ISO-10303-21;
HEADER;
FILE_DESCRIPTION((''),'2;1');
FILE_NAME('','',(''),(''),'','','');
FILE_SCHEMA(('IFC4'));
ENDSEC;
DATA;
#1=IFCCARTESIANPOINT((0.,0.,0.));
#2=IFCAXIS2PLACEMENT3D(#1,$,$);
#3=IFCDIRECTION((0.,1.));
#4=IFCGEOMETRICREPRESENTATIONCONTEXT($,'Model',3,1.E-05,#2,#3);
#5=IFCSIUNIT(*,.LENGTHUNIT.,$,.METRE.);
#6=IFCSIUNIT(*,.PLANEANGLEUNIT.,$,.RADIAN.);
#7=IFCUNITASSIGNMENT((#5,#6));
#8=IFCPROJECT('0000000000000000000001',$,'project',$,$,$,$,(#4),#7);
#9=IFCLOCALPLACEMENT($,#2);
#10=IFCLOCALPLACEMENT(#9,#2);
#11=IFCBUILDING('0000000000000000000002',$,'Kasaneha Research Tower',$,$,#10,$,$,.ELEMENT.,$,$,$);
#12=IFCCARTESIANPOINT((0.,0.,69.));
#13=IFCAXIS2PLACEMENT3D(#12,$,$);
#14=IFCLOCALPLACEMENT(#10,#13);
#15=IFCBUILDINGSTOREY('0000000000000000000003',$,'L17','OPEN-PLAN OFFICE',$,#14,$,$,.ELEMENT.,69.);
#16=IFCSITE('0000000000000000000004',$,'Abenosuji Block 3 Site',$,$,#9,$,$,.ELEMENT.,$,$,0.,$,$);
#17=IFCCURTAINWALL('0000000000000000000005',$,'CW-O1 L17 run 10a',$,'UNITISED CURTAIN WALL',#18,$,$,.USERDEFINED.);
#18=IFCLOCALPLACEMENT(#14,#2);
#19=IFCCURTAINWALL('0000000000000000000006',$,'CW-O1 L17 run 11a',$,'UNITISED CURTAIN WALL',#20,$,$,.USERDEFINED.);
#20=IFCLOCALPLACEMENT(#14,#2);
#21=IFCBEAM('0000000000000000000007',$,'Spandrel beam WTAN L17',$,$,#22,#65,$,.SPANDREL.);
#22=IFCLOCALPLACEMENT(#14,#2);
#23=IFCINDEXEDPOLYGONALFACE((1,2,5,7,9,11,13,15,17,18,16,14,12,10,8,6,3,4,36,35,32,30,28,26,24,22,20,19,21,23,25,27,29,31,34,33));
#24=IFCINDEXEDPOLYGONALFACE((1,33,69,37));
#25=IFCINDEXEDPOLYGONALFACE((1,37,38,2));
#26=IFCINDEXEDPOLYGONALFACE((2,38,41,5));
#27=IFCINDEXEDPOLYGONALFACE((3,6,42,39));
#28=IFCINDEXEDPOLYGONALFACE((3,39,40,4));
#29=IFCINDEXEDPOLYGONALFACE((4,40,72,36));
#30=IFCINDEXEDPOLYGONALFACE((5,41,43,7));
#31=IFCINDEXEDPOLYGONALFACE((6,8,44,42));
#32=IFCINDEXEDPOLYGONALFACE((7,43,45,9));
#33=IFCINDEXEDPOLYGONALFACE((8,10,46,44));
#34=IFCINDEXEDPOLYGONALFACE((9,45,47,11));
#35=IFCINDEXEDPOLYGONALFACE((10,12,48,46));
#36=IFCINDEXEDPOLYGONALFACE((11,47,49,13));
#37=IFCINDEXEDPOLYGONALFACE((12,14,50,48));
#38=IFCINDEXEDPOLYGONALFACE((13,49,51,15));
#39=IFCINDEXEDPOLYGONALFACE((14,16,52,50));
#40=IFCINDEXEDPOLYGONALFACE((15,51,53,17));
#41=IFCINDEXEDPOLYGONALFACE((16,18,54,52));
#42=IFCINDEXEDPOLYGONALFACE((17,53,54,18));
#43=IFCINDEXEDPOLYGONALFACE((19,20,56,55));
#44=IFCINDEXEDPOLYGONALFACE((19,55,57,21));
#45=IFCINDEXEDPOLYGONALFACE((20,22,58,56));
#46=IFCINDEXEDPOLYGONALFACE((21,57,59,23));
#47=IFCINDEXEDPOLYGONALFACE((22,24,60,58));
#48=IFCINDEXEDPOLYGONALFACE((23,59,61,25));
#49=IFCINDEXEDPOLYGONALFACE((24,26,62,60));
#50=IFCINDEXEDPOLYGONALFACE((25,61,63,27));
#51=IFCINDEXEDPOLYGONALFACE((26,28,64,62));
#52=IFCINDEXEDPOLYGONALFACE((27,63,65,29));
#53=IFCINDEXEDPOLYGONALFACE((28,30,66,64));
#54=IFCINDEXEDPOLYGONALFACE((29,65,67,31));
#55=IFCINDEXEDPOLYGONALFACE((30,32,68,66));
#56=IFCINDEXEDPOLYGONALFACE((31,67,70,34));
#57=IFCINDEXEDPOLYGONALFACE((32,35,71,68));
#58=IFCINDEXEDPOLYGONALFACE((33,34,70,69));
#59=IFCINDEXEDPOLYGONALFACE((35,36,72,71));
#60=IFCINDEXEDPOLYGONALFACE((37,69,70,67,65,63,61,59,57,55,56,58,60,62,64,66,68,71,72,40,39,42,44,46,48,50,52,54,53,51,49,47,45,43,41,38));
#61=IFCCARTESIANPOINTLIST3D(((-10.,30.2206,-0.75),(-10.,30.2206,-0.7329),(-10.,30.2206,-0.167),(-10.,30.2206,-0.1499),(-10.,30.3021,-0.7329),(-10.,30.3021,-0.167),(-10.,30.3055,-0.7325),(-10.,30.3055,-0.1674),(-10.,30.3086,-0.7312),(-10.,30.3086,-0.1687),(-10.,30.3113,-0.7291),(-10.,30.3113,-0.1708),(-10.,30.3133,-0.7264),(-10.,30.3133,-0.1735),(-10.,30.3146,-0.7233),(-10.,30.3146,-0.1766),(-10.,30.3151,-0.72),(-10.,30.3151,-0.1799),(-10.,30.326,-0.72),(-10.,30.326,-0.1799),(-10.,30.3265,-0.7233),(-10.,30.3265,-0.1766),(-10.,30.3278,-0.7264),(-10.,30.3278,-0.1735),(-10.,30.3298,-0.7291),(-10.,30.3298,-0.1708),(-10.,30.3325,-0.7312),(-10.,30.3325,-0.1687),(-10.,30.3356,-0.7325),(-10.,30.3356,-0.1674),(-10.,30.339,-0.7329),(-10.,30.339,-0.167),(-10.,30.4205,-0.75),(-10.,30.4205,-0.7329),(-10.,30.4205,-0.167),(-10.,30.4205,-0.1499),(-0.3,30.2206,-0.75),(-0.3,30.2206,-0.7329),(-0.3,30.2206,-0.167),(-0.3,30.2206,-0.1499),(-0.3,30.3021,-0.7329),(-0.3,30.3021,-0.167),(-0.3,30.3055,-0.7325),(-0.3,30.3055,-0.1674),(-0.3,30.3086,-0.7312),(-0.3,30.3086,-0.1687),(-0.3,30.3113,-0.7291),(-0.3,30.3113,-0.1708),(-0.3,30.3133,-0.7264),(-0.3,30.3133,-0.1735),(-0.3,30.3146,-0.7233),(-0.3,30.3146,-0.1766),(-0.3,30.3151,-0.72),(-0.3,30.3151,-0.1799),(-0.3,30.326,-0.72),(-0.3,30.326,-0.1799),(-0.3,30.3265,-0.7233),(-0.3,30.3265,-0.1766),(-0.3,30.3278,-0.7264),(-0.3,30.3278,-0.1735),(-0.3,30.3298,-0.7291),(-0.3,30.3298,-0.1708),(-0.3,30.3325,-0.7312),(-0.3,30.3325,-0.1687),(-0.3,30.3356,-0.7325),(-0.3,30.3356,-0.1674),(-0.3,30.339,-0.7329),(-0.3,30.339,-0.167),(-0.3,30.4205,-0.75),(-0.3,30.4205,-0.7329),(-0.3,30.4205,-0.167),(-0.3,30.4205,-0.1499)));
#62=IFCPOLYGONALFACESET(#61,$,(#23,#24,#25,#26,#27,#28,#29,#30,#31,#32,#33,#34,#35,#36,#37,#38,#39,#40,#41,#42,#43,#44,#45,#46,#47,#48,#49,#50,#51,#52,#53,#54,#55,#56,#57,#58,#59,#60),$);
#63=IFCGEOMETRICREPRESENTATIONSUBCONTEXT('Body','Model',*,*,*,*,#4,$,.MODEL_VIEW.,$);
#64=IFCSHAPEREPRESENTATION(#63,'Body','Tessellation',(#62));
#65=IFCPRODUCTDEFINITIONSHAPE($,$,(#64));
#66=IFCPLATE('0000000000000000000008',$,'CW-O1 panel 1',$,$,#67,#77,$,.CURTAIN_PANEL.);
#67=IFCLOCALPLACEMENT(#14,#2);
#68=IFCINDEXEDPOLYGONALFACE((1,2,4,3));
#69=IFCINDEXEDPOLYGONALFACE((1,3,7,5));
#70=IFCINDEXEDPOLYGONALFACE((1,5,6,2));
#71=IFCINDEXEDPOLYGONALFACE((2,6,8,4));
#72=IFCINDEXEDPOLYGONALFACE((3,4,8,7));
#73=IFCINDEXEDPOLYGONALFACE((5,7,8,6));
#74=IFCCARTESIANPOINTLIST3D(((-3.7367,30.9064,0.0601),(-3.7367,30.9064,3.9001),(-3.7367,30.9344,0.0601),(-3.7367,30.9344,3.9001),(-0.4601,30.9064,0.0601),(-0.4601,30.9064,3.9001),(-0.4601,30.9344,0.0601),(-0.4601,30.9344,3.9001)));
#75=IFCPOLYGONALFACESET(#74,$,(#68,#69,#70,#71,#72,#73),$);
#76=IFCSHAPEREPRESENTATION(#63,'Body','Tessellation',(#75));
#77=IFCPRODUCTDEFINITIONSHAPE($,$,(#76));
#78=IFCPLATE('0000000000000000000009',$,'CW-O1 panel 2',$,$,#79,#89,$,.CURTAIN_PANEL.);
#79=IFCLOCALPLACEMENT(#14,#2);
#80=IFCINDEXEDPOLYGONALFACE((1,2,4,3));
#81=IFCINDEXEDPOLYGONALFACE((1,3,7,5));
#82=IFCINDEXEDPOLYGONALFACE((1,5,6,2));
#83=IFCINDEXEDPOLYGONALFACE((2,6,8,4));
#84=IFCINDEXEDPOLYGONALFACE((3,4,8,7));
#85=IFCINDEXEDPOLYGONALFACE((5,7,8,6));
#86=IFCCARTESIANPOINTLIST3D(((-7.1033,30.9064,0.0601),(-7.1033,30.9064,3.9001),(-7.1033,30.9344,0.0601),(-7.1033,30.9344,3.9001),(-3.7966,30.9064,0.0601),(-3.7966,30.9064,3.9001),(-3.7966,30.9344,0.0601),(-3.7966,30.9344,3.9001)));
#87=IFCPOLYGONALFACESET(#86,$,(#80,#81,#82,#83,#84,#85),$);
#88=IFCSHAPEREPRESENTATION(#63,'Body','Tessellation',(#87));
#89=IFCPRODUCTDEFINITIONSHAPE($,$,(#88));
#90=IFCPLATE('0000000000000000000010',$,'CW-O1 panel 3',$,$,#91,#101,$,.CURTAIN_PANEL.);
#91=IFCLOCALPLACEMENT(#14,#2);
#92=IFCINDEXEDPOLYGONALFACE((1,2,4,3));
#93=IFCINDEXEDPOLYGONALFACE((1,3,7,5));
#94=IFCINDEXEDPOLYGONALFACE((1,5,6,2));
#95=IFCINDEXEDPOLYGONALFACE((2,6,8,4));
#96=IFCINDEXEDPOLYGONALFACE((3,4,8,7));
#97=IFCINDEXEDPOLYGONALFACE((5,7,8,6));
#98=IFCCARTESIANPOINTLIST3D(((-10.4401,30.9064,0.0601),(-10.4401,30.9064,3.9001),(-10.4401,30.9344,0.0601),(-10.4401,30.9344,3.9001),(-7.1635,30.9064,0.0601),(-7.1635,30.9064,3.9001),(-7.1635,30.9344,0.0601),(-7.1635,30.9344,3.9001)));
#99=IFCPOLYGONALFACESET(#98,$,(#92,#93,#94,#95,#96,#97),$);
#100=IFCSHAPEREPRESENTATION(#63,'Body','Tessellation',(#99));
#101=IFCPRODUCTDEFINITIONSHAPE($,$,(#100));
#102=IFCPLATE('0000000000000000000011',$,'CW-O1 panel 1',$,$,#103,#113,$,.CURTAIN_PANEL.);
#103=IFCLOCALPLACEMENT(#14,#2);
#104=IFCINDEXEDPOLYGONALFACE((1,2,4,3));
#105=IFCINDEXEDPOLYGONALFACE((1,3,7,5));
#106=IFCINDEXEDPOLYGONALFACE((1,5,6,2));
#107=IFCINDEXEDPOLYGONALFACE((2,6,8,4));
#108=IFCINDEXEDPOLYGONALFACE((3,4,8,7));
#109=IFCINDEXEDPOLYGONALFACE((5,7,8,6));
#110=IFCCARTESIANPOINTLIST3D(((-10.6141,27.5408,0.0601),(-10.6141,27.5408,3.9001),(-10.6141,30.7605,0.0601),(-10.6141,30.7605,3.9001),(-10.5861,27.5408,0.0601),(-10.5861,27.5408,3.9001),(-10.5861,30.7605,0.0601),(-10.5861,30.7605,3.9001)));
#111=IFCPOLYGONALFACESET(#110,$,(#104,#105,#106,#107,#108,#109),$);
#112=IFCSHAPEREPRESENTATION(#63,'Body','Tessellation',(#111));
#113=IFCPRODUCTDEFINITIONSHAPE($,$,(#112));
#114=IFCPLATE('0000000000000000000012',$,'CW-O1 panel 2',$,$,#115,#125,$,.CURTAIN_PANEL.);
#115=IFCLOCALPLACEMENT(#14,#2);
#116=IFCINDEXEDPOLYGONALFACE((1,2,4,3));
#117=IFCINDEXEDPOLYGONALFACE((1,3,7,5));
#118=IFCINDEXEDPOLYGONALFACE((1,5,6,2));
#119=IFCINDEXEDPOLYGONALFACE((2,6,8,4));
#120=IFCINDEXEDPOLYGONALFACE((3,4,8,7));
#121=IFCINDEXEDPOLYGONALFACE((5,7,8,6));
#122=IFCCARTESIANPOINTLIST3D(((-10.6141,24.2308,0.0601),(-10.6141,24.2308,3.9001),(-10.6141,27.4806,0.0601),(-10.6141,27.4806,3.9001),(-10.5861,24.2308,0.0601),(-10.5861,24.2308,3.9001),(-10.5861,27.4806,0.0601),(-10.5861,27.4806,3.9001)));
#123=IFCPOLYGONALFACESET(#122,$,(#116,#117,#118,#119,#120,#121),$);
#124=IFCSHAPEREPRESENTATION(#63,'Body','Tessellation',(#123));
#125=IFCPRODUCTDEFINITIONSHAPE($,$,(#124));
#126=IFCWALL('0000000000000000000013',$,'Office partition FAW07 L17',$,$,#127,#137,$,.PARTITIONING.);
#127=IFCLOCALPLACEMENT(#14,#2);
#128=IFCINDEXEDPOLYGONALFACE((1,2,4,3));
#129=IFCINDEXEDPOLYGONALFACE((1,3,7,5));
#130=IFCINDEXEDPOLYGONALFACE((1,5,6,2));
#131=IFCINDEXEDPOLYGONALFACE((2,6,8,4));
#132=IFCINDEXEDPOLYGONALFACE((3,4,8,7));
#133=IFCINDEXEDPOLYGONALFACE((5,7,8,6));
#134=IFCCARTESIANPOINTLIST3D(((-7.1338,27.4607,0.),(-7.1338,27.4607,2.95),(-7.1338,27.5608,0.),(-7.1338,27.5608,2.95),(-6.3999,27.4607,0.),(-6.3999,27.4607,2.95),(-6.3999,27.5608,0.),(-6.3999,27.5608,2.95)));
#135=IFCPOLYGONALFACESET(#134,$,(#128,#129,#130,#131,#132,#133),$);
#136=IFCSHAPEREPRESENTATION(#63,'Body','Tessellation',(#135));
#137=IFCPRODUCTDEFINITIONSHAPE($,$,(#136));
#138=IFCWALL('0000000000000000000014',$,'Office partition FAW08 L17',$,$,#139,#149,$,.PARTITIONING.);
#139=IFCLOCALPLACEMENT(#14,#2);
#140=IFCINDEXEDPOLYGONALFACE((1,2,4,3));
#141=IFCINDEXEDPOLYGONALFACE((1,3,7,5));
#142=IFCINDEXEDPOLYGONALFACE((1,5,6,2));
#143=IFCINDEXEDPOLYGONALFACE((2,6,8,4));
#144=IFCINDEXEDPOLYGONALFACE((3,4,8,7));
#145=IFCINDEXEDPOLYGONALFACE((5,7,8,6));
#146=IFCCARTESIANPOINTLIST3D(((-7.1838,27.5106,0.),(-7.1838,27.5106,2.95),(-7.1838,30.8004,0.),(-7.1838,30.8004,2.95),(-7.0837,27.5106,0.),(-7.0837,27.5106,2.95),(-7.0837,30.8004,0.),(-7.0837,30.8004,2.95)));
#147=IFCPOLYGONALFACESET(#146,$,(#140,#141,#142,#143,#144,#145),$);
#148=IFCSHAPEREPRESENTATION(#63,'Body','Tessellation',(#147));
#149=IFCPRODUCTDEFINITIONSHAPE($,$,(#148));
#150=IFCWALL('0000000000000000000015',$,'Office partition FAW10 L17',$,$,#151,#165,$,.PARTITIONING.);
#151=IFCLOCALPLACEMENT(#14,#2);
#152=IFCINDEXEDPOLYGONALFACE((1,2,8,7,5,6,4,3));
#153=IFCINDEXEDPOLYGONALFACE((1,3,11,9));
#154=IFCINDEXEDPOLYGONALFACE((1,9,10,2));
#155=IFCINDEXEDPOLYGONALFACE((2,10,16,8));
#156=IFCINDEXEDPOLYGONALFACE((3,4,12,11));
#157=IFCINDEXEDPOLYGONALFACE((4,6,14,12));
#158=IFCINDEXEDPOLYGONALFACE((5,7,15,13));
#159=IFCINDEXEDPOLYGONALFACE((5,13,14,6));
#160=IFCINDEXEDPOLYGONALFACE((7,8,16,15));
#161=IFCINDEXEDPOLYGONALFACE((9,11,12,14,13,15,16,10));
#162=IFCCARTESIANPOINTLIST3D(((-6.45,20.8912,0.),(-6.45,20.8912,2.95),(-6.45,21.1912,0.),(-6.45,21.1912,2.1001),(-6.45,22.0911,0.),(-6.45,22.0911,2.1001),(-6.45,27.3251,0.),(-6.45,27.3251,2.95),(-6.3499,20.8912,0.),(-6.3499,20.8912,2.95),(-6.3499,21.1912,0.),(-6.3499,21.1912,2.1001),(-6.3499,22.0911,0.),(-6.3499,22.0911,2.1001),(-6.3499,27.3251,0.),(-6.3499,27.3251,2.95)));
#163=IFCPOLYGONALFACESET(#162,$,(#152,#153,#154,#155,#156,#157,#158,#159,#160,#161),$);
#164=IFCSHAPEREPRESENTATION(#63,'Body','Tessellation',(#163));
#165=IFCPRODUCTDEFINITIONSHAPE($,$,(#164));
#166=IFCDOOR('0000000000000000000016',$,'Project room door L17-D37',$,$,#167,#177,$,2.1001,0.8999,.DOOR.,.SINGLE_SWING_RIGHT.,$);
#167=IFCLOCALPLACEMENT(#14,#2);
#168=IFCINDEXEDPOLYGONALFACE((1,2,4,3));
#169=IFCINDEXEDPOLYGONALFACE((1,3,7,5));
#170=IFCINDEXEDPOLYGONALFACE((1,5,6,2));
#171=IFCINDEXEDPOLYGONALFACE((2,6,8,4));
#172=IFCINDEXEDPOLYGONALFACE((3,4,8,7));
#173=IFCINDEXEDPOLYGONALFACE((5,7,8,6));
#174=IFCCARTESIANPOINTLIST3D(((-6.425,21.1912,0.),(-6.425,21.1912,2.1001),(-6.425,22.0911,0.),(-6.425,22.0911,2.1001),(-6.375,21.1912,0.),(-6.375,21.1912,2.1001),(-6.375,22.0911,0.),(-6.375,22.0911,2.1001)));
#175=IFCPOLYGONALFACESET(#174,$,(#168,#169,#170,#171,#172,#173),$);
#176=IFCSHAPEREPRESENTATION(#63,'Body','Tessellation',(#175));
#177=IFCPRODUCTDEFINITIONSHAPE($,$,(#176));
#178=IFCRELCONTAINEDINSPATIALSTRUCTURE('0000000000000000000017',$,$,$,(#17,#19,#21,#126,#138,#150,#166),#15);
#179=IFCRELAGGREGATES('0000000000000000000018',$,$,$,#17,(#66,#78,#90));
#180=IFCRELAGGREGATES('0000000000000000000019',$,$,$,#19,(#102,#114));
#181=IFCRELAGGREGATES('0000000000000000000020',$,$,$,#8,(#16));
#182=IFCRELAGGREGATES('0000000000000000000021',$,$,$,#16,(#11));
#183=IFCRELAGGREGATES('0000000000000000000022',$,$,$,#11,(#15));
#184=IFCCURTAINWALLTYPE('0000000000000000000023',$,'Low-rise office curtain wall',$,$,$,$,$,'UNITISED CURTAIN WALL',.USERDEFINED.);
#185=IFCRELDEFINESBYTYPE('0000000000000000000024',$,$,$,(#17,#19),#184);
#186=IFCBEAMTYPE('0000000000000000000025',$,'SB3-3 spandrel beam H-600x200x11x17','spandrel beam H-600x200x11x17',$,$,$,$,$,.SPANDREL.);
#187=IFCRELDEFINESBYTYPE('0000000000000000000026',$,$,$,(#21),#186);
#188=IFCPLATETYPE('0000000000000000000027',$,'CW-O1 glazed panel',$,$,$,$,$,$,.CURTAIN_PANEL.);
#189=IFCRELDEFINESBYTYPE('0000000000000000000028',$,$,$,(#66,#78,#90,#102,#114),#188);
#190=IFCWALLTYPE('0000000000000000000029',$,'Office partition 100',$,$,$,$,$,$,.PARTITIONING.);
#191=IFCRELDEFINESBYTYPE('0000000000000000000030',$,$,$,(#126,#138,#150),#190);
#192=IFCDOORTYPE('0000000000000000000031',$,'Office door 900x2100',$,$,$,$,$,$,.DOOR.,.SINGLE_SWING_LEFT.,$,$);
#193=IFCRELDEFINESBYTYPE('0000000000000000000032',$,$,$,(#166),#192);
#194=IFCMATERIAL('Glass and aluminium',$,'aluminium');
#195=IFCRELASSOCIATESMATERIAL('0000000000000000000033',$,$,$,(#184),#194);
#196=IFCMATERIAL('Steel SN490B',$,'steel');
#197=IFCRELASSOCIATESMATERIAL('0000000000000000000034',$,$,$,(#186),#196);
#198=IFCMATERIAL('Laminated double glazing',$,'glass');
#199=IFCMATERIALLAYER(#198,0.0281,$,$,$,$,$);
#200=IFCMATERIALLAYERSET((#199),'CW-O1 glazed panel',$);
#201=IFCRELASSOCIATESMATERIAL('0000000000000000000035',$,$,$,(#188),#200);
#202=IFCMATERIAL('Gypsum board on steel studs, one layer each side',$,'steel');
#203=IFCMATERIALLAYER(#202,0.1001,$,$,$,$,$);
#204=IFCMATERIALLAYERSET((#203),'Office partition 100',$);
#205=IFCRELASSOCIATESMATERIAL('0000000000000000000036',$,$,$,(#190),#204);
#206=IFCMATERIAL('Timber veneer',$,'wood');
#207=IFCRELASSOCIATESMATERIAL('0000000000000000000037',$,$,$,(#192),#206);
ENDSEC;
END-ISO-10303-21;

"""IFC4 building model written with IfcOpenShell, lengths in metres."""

from ifc_helpers import new_model, si_unit, direction, frame, frame_2d, origin, origin_2d, place, context, subcontext, project, spatial, rectangle, i_section, extrude, material, layer, layer_set, material_profile, profile_set, type_object, element, fill, aggregate, save


model = new_model("IFC4")

# Units and contexts
model_context = context("Model", 3, precision=1e-05, world=origin(), true_north=direction((0.0, 1.0)))
body_context = subcontext(model_context, "Body", "Model", "MODEL_VIEW")
ifc_project = project(units=[si_unit("LENGTHUNIT", "METRE"), si_unit("PLANEANGLEUNIT", "RADIAN")], contexts=[model_context])

# Site, building, storey
site_placement = place(None, origin())
site = spatial("IfcSite", under=ifc_project, at=site_placement, Name="Abenosuji Block 3 Site", CompositionType="ELEMENT", RefElevation=0.0)
building_placement = place(site_placement, origin())
building = spatial("IfcBuilding", under=site, at=building_placement, Name="Kasaneha Research Tower", CompositionType="ELEMENT")
storey_placement = place(building_placement, frame((0.0, 0.0, 69.0)))
storey = spatial("IfcBuildingStorey", under=building, at=storey_placement, Name="L17", Description="OPEN-PLAN OFFICE", CompositionType="ELEMENT", Elevation=69.0)

# Curtain walls
ifc_material_1 = material(Name="Glass and aluminium", Category="aluminium")
curtain_wall_type = type_object("IfcCurtainWallType", Name="Low-rise office curtain wall", ElementType="UNITISED CURTAIN WALL", PredefinedType="USERDEFINED", material=ifc_material_1)
curtain_wall_1_placement = place(storey_placement, origin())
curtain_wall_1 = element("IfcCurtainWall", 1, at=curtain_wall_1_placement, inside=storey, type_object=curtain_wall_type, Name="CW-O1 L17 run 10a", ObjectType="UNITISED CURTAIN WALL", PredefinedType="USERDEFINED")
curtain_wall_2_placement = place(storey_placement, origin())
curtain_wall_2 = element("IfcCurtainWall", 2, at=curtain_wall_2_placement, inside=storey, type_object=curtain_wall_type, Name="CW-O1 L17 run 11a", ObjectType="UNITISED CURTAIN WALL", PredefinedType="USERDEFINED")

# Beam
ifc_material_2 = material(Name="Steel SN490B", Category="steel")
ifc_material_profile_1 = material_profile(ifc_material_2, i_section(OverallWidth=0.2, OverallDepth=0.6001, WebThickness=0.011, FlangeThickness=0.0171, FilletRadius=0.0129, at=origin_2d()), Name="H-600x200x11x17")
ifc_profile_set_1 = profile_set([ifc_material_profile_1], Name="Steel SN490B")
beam_type_1 = type_object("IfcBeamType", Name="SB3-3 spandrel beam H-600x200x11x17", Description="spandrel beam H-600x200x11x17", PredefinedType="SPANDREL", material=ifc_profile_set_1)
beam_1_placement = place(storey_placement, frame((-10.0, 30.3206, -0.45), z_axis=(1.0, 0.0, 0.0), x_axis=(0.0, 1.0, 0.0)))
element("IfcBeam", 3, at=beam_1_placement, inside=storey, type_object=beam_type_1, Name="Spandrel beam WTAN L17", PredefinedType="SPANDREL", context=body_context, shape_type="SweptSolid", body=[
    extrude(i_section(OverallWidth=0.2, OverallDepth=0.6001, WebThickness=0.011, FlangeThickness=0.0171, FilletRadius=0.0129, at=origin_2d()), origin(), (0.0, 0.0, 1.0), 9.7),
])

# Plates
ifc_material_3 = material(Name="Laminated double glazing", Category="glass")
ifc_layer_1 = layer(ifc_material_3, 0.0281)
ifc_layer_set_1 = layer_set([ifc_layer_1], Name="CW-O1 glazed panel")
plate_type = type_object("IfcPlateType", Name="CW-O1 glazed panel", PredefinedType="CURTAIN_PANEL", material=ifc_layer_set_1)
plate_1_placement = place(storey_placement, frame((-2.0984, 30.9204, 0.0601), z_axis=(0.0, 0.0, 1.0), x_axis=(-1.0, 0.0, 0.0)))
plate_1 = element("IfcPlate", 4, at=plate_1_placement, type_object=plate_type, Name="CW-O1 panel 1", PredefinedType="CURTAIN_PANEL", context=body_context, shape_type="SweptSolid", body=[
    extrude(rectangle(XDim=3.2766, YDim=0.0281, at=origin_2d()), origin(), (0.0, 0.0, 1.0), 3.8401),
])
plate_2_placement = place(storey_placement, frame((-5.45, 30.9204, 0.0601), z_axis=(0.0, 0.0, 1.0), x_axis=(-1.0, 0.0, 0.0)))
plate_2 = element("IfcPlate", 5, at=plate_2_placement, type_object=plate_type, Name="CW-O1 panel 2", PredefinedType="CURTAIN_PANEL", context=body_context, shape_type="SweptSolid", body=[
    extrude(rectangle(XDim=3.3066, YDim=0.0281, at=origin_2d()), origin(), (0.0, 0.0, 1.0), 3.8401),
])
plate_3_placement = place(storey_placement, frame((-8.8018, 30.9204, 0.0601), z_axis=(0.0, 0.0, 1.0), x_axis=(-1.0, 0.0, 0.0)))
plate_3 = element("IfcPlate", 6, at=plate_3_placement, type_object=plate_type, Name="CW-O1 panel 3", PredefinedType="CURTAIN_PANEL", context=body_context, shape_type="SweptSolid", body=[
    extrude(rectangle(XDim=3.2766, YDim=0.0281, at=origin_2d()), origin(), (0.0, 0.0, 1.0), 3.8401),
])
aggregate(curtain_wall_1, [plate_1, plate_2, plate_3])
plate_4_placement = place(storey_placement, frame((-10.6001, 29.1506, 0.0601), z_axis=(0.0, 0.0, 1.0), x_axis=(0.0, -1.0, 0.0)))
plate_4 = element("IfcPlate", 7, at=plate_4_placement, type_object=plate_type, Name="CW-O1 panel 1", PredefinedType="CURTAIN_PANEL", context=body_context, shape_type="SweptSolid", body=[
    extrude(rectangle(XDim=3.2197, YDim=0.0281, at=origin_2d()), origin(), (0.0, 0.0, 1.0), 3.8401),
])
plate_5_placement = place(storey_placement, frame((-10.6001, 25.8557, 0.0601), z_axis=(0.0, 0.0, 1.0), x_axis=(0.0, -1.0, 0.0)))
plate_5 = element("IfcPlate", 8, at=plate_5_placement, type_object=plate_type, Name="CW-O1 panel 2", PredefinedType="CURTAIN_PANEL", context=body_context, shape_type="SweptSolid", body=[
    extrude(rectangle(XDim=3.2498, YDim=0.0281, at=origin_2d()), origin(), (0.0, 0.0, 1.0), 3.8401),
])
aggregate(curtain_wall_2, [plate_4, plate_5])

# Walls
ifc_material_4 = material(Name="Gypsum board on steel studs, one layer each side", Category="steel")
ifc_layer_2 = layer(ifc_material_4, 0.1001)
ifc_layer_set_2 = layer_set([ifc_layer_2], Name="Office partition 100")
wall_type = type_object("IfcWallType", Name="Office partition 100", PredefinedType="PARTITIONING", material=ifc_layer_set_2)
wall_1_placement = place(storey_placement, frame((-7.1338, 27.5107, 0.0), z_axis=(0.0, 0.0, 1.0), x_axis=(1.0, 0.0, 0.0)))
element("IfcWall", 9, at=wall_1_placement, inside=storey, type_object=wall_type, Name="Office partition FAW07 L17", PredefinedType="PARTITIONING", context=body_context, shape_type="SweptSolid", body=[
    extrude(rectangle(XDim=0.7339, YDim=0.1001, at=frame_2d((0.3669, 0.0))), origin(), (0.0, 0.0, 1.0), 2.95),
])
wall_2_placement = place(storey_placement, frame((-7.1338, 30.8005, 0.0), z_axis=(0.0, 0.0, 1.0), x_axis=(0.0, -1.0, 0.0)))
element("IfcWall", 10, at=wall_2_placement, inside=storey, type_object=wall_type, Name="Office partition FAW08 L17", PredefinedType="PARTITIONING", context=body_context, shape_type="SweptSolid", body=[
    extrude(rectangle(XDim=3.2898, YDim=0.1001, at=frame_2d((1.645, 0.0))), origin(), (0.0, 0.0, 1.0), 2.95),
])

# Wall, opening, door
wall_3_placement = place(storey_placement, frame((-6.3999, 27.325, 0.0), z_axis=(0.0, 0.0, 1.0), x_axis=(0.0, -1.0, 0.0)))
wall_3 = element("IfcWall", 11, at=wall_3_placement, inside=storey, type_object=wall_type, Name="Office partition FAW10 L17", PredefinedType="PARTITIONING", context=body_context, shape_type="SweptSolid", body=[
    extrude(rectangle(XDim=6.4338, YDim=0.1001, at=frame_2d((3.2168, 0.0))), origin(), (0.0, 0.0, 1.0), 2.95),
])
opening_1_placement = place(wall_3_placement, frame((5.2339, 0.0, 0.0)))
opening_1 = element("IfcOpeningElement", 12, at=opening_1_placement, cuts=wall_3, PredefinedType="OPENING", context=body_context, shape_type="SweptSolid", body=[
    extrude(rectangle(XDim=0.8999, YDim=2.1001, at=frame_2d((0.45, 1.05))), frame((0.0, 0.0601, 0.0), z_axis=(0.0, -1.0, 0.0), x_axis=(1.0, 0.0, 0.0)), (0.0, 0.0, 1.0), 0.1201),
])
ifc_material_5 = material(Name="Timber veneer", Category="wood")
door_type = type_object("IfcDoorType", Name="Office door 900x2100", OperationType="SINGLE_SWING_LEFT", PredefinedType="DOOR", material=ifc_material_5)
door_1_placement = place(opening_1_placement, origin())
door_1 = element("IfcDoor", 13, at=door_1_placement, inside=storey, type_object=door_type, Name="Project room door L17-D37", OperationType="SINGLE_SWING_RIGHT", OverallHeight=2.1001, OverallWidth=0.8999, PredefinedType="DOOR", context=body_context, shape_type="SweptSolid", body=[
    extrude(rectangle(XDim=0.8999, YDim=2.1001, at=frame_2d((0.45, 1.05))), frame((0.0, 0.0249, 0.0), z_axis=(0.0, -1.0, 0.0), x_axis=(1.0, 0.0, 0.0)), (0.0, 0.0, 1.0), 0.05),
])
fill(opening_1, door_1)

save(model, "model.ifc")
